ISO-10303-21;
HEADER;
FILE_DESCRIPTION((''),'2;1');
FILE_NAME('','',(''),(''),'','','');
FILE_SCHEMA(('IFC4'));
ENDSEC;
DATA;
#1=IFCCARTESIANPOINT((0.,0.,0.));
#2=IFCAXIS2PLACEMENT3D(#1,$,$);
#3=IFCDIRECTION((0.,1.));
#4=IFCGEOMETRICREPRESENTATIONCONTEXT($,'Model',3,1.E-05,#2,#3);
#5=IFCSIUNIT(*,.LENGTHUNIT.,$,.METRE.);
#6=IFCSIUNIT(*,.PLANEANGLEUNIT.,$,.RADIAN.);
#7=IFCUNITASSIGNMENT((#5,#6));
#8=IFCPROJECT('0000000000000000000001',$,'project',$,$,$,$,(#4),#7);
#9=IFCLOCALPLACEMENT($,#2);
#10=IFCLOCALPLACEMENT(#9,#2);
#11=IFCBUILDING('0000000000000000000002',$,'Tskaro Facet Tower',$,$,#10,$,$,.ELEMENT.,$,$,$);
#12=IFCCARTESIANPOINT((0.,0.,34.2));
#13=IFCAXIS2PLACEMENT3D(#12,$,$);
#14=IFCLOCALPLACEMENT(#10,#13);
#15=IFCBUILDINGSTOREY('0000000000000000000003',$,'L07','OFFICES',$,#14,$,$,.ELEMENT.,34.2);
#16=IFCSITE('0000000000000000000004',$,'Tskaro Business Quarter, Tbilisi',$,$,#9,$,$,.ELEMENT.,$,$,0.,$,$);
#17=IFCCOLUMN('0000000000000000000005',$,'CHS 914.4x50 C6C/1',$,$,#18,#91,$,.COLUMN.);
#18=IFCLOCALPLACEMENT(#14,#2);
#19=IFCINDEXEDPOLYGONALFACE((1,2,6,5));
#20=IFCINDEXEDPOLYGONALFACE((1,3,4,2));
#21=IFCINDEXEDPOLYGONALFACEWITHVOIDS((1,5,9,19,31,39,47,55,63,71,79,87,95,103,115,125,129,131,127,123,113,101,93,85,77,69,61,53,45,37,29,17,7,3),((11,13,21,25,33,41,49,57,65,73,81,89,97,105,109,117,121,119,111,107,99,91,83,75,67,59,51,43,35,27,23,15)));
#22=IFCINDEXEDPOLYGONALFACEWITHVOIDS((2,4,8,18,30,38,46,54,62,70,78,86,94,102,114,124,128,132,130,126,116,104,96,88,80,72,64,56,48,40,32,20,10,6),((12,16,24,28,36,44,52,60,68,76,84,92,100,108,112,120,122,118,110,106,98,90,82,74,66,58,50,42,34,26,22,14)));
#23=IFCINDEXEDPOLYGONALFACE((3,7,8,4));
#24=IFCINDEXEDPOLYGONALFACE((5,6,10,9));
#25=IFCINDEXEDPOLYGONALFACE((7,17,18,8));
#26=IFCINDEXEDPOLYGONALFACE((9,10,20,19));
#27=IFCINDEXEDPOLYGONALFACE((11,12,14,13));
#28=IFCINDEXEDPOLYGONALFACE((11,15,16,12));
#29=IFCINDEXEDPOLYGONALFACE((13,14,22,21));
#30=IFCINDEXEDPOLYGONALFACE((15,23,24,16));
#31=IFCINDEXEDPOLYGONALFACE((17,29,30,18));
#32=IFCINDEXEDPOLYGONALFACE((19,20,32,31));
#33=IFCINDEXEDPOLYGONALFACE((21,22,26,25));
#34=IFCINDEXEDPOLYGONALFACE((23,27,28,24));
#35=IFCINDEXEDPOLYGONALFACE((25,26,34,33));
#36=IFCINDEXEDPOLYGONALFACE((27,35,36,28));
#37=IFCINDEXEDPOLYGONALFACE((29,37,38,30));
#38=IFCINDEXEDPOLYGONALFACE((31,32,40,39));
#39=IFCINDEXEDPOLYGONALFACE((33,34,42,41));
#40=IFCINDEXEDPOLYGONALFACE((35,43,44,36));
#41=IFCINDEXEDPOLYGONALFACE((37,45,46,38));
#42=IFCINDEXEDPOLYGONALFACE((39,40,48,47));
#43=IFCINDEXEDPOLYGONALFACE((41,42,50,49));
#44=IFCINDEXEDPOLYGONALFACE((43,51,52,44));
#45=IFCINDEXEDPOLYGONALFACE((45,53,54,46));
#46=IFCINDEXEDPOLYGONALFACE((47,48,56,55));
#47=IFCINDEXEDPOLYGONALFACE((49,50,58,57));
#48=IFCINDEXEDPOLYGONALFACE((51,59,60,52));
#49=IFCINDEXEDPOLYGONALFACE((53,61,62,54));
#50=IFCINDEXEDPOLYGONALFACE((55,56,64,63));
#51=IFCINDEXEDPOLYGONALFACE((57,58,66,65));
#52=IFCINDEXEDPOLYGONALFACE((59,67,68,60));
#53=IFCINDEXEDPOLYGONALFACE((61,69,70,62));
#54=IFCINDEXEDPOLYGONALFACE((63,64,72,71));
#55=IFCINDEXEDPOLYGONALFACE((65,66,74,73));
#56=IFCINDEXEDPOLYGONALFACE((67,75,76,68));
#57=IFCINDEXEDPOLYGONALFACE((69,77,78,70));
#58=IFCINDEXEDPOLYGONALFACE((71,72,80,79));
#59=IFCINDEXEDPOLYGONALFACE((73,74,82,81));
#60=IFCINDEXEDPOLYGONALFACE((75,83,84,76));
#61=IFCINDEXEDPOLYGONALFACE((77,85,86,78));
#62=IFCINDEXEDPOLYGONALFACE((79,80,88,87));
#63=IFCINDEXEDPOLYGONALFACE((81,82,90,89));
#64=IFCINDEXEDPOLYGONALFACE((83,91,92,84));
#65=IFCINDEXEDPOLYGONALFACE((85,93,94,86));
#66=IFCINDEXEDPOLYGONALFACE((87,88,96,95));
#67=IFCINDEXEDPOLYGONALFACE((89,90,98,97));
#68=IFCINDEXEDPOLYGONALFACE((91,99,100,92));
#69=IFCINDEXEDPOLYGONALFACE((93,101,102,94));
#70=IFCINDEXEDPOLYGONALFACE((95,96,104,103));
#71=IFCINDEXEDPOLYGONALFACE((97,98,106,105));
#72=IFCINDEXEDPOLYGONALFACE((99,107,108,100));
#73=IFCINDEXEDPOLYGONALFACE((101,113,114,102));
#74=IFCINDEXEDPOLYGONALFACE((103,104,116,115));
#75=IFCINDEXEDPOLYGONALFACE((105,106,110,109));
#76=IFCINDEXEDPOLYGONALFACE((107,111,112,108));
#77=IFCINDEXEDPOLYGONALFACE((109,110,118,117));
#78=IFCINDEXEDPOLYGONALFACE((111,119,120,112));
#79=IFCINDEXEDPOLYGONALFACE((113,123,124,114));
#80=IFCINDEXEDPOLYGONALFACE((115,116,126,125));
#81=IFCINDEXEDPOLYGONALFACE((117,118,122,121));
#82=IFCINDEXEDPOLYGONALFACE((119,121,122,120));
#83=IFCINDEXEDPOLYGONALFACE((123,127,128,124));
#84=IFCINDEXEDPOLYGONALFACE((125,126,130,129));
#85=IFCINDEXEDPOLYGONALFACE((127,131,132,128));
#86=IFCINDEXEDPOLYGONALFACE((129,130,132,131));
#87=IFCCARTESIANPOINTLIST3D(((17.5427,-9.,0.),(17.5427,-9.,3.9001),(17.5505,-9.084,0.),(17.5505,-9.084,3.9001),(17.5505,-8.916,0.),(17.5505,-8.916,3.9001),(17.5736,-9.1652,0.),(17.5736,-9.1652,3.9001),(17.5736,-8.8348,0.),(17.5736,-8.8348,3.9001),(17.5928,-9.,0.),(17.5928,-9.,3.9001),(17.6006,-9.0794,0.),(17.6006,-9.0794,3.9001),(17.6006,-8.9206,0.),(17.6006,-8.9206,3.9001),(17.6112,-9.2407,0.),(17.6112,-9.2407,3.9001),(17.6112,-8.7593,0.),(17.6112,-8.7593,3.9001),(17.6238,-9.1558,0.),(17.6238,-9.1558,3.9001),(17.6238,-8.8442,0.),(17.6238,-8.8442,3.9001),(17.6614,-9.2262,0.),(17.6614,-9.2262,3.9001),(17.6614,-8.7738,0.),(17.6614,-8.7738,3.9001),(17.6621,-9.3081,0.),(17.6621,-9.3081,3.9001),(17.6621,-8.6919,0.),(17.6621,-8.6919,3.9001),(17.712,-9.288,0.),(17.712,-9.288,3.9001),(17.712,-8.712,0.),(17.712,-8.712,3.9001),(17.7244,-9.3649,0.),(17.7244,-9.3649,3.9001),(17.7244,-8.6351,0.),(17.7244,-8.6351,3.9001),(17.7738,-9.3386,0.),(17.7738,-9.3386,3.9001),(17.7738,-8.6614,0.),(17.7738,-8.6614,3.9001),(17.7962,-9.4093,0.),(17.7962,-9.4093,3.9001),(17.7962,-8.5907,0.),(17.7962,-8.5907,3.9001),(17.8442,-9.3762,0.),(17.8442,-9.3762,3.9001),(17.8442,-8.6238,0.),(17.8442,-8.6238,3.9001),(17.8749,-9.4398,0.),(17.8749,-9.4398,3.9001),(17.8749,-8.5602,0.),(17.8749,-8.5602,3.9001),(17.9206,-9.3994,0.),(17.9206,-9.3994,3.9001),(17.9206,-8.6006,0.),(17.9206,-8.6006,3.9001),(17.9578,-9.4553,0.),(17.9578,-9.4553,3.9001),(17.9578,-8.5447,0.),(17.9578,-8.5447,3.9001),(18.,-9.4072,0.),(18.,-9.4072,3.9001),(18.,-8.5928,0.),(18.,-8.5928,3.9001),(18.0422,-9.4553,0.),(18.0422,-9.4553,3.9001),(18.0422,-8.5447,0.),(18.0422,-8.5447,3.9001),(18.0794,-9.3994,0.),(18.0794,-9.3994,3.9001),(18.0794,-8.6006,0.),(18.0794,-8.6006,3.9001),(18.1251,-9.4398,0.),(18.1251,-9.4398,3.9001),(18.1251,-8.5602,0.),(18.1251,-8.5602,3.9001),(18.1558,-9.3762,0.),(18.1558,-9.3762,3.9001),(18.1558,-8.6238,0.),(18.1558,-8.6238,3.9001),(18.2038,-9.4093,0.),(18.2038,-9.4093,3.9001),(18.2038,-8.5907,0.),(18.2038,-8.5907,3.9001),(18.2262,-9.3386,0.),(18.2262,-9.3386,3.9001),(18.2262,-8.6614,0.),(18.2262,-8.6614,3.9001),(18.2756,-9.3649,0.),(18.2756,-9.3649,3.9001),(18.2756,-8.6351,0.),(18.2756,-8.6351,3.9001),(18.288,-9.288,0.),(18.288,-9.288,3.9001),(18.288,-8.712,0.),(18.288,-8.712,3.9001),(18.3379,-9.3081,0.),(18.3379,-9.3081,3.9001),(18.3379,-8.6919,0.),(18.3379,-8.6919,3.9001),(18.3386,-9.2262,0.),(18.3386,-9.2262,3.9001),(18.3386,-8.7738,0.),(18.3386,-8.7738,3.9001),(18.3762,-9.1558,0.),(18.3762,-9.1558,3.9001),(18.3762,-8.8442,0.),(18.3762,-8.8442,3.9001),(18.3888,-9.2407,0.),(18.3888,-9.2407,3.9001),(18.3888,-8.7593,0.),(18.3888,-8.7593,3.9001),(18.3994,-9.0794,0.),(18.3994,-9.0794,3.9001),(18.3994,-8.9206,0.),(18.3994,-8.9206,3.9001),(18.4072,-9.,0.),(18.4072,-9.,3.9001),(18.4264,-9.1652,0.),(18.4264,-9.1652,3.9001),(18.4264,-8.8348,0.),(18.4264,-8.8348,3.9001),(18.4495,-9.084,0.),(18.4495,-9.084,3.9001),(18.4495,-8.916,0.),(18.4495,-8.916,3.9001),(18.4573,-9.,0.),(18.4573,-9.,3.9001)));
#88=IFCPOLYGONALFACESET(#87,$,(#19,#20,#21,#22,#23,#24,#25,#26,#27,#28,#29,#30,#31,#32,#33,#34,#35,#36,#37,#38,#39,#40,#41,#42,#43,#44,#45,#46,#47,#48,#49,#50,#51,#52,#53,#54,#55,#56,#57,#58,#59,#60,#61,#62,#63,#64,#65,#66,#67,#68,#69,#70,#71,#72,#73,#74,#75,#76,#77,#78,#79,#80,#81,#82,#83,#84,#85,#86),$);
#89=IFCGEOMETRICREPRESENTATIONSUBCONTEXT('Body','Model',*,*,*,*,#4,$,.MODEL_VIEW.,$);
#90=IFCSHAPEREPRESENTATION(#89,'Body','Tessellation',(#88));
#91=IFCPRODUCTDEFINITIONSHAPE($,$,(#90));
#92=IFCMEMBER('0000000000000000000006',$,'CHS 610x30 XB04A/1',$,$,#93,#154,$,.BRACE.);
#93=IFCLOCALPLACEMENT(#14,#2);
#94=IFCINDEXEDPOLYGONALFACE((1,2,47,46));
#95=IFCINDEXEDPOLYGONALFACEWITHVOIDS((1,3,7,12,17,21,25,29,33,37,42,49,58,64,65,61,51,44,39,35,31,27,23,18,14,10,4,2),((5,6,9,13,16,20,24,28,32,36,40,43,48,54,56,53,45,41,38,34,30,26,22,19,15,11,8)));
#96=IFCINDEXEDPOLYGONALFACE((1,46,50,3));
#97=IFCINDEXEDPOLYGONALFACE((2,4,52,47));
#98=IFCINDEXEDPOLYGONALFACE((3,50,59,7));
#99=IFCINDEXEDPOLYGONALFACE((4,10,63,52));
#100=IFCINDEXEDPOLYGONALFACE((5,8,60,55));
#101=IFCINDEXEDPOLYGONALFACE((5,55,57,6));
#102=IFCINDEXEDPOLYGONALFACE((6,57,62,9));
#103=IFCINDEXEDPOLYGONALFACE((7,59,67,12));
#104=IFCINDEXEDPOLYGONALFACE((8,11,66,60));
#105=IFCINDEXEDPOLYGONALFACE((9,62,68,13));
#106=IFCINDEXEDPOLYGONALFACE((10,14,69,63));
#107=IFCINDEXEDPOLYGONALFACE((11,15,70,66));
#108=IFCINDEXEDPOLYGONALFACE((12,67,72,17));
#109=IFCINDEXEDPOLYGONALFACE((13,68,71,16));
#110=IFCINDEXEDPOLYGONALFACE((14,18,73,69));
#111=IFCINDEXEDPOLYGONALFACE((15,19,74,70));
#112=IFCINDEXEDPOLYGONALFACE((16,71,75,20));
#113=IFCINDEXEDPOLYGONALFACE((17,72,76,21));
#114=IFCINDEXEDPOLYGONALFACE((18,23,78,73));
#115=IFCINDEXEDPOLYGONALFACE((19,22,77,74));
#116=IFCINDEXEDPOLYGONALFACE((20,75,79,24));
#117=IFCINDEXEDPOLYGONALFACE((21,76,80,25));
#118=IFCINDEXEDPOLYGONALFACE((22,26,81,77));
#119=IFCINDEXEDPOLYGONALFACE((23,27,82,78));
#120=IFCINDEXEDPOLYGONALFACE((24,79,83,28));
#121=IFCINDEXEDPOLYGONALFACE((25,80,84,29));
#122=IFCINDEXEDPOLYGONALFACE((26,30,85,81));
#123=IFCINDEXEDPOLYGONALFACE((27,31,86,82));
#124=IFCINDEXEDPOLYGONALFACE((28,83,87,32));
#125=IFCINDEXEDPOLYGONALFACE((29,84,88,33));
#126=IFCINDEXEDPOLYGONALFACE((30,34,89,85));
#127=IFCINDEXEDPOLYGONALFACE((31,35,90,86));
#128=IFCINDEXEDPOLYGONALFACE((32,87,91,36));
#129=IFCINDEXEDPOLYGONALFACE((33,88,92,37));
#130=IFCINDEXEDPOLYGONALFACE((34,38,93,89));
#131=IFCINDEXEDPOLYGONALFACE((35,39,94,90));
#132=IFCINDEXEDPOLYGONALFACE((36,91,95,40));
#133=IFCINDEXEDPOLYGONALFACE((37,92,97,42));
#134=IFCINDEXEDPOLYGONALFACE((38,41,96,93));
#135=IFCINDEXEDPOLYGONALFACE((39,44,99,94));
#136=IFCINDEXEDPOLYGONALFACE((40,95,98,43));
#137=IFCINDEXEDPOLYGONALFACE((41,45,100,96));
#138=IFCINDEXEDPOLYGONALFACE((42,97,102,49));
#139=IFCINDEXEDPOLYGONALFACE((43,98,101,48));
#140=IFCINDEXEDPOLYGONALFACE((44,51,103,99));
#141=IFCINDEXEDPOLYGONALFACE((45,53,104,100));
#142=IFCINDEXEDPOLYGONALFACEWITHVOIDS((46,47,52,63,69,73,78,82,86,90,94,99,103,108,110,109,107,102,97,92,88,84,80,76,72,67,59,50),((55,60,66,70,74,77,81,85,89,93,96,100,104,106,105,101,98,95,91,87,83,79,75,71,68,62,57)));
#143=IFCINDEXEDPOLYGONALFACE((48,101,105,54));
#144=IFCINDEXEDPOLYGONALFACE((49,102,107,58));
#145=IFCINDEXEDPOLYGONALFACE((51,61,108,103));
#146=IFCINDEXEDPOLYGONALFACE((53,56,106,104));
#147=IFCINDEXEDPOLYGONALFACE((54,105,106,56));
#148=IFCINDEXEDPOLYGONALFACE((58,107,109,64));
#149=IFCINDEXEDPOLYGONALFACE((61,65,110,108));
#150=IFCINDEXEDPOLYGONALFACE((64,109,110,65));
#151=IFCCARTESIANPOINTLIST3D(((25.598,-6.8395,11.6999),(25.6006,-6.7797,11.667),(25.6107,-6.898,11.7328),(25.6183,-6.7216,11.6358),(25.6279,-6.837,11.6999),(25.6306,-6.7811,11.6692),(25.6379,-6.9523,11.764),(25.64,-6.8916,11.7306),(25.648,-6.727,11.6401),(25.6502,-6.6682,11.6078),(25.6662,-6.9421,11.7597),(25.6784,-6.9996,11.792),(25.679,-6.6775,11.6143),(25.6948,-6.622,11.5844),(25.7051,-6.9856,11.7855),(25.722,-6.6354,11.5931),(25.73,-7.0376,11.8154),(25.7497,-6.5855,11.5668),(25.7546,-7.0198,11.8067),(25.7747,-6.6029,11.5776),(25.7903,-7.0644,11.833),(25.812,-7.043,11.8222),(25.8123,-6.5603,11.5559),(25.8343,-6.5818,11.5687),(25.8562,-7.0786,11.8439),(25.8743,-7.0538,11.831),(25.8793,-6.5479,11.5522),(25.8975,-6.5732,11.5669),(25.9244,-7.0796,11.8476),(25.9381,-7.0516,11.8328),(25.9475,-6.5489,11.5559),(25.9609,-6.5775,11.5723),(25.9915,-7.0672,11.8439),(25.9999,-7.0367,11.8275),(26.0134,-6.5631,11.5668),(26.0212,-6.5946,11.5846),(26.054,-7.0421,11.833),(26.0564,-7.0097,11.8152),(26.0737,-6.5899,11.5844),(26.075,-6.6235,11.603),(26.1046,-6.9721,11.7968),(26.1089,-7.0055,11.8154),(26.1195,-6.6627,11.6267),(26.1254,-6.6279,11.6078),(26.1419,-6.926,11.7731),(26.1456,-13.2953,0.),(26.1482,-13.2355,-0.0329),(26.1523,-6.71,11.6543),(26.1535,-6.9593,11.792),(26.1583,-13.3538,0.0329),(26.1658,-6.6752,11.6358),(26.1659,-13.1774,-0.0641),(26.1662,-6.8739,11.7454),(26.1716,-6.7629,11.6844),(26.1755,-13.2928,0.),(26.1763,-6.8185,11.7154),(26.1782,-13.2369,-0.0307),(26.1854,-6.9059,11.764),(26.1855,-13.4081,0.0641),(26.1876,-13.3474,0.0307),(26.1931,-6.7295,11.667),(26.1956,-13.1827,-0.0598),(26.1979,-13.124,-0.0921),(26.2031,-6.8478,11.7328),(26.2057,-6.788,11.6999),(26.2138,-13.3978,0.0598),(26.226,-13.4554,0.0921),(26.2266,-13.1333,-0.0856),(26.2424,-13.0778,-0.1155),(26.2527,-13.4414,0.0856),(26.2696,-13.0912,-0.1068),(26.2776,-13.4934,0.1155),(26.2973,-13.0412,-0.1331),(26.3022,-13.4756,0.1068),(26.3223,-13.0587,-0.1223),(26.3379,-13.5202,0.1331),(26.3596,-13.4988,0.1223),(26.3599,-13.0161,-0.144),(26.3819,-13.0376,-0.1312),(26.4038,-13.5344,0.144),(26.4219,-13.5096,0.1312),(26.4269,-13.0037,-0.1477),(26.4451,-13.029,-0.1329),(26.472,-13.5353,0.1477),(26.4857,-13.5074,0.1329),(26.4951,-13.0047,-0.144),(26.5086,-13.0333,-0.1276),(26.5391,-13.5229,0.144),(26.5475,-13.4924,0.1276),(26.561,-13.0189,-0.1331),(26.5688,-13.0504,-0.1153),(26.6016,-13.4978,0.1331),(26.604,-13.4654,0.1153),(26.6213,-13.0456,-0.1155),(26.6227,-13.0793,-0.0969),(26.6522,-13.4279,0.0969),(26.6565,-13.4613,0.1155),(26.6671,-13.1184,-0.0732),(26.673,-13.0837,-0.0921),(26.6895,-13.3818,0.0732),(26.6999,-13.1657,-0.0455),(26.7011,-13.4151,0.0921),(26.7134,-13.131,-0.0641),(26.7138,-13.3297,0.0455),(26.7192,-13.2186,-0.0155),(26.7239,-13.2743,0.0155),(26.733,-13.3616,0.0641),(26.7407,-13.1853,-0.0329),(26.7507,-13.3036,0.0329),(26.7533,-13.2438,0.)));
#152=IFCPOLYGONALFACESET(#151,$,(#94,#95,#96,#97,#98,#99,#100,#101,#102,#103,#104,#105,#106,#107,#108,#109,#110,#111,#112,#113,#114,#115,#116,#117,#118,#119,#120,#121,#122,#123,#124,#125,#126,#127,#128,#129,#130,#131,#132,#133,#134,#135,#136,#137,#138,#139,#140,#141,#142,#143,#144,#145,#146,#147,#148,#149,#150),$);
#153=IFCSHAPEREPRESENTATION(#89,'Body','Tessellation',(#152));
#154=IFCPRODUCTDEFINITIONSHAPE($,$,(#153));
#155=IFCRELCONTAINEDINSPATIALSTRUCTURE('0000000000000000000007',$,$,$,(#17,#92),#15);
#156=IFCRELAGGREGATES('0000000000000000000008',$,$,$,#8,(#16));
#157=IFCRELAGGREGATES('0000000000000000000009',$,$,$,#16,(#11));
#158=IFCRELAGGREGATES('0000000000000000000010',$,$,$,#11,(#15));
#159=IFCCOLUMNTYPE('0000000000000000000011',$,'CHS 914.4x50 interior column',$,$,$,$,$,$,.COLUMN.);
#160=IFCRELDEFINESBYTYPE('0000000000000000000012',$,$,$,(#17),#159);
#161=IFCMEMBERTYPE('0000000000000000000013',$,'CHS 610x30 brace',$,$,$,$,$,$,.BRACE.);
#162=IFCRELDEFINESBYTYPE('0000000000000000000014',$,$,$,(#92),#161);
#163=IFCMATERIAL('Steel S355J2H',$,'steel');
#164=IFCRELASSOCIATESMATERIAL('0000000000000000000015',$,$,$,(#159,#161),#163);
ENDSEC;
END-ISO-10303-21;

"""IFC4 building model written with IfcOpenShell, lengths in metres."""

from ifc_helpers import new_model, si_unit, direction, frame, origin, origin_2d, place, context, subcontext, project, spatial, hollow_circle, extrude, material, material_profile, profile_set, type_object, element, save


model = new_model("IFC4")

# Units and contexts
model_context = context("Model", 3, precision=1e-05, world=origin(), true_north=direction((0.0, 1.0)))
body_context = subcontext(model_context, "Body", "Model", "MODEL_VIEW")
ifc_project = project(units=[si_unit("LENGTHUNIT", "METRE"), si_unit("PLANEANGLEUNIT", "RADIAN")], contexts=[model_context])

# Site, building, storey
site_placement = place(None, origin())
site = spatial("IfcSite", under=ifc_project, at=site_placement, Name="Tskaro Business Quarter, Tbilisi", CompositionType="ELEMENT", RefElevation=0.0)
building_placement = place(site_placement, origin())
building = spatial("IfcBuilding", under=site, at=building_placement, Name="Tskaro Facet Tower", CompositionType="ELEMENT")
storey_placement = place(building_placement, frame((0.0, 0.0, 34.2)))
storey = spatial("IfcBuildingStorey", under=building, at=storey_placement, Name="L07", Description="OFFICES", CompositionType="ELEMENT", Elevation=34.2)

# Column
ifc_material_1 = material(Name="Steel S355J2H", Category="steel")
ifc_material_profile_1 = material_profile(ifc_material_1, hollow_circle(Radius=0.4573, WallThickness=0.05, at=origin_2d()), Name="CHS 914.4x50")
ifc_profile_set_1 = profile_set([ifc_material_profile_1], Name="Steel S355J2H")
column_type_1 = type_object("IfcColumnType", Name="CHS 914.4x50 interior column", PredefinedType="COLUMN", material=ifc_profile_set_1)
column_placement = place(storey_placement, frame((18.0, -9.0, 0.0), z_axis=(0.0, 0.0, 1.0), x_axis=(1.0, 0.0, 0.0)))
element("IfcColumn", 1, at=column_placement, inside=storey, type_object=column_type_1, Name="CHS 914.4x50 C6C/1", PredefinedType="COLUMN", context=body_context, shape_type="SweptSolid", body=[
    extrude(hollow_circle(Radius=0.4573, WallThickness=0.05, at=origin_2d()), origin(), (0.0, 0.0, 1.0), 3.9001),
])

# Member
ifc_material_profile_2 = material_profile(ifc_material_1, hollow_circle(Radius=0.3049, WallThickness=0.03, at=origin_2d()), Name="CHS 610x30")
ifc_profile_set_2 = profile_set([ifc_material_profile_2], Name="Steel S355J2H")
member_type_1 = type_object("IfcMemberType", Name="CHS 610x30 brace", PredefinedType="BRACE", material=ifc_profile_set_2)
member_1_placement = place(storey_placement, frame((26.4495, -13.2695, 0.0), z_axis=(-0.040945, 0.48271, 0.874822), x_axis=(-0.996422, -0.08452, 0.0)))
element("IfcMember", 2, at=member_1_placement, inside=storey, type_object=member_type_1, Name="CHS 610x30 XB04A/1", PredefinedType="BRACE", context=body_context, shape_type="SweptSolid", body=[
    extrude(hollow_circle(Radius=0.3049, WallThickness=0.03, at=origin_2d()), origin(), (0.0, 0.0, 1.0), 13.374),
])

save(model, "model.ifc")
